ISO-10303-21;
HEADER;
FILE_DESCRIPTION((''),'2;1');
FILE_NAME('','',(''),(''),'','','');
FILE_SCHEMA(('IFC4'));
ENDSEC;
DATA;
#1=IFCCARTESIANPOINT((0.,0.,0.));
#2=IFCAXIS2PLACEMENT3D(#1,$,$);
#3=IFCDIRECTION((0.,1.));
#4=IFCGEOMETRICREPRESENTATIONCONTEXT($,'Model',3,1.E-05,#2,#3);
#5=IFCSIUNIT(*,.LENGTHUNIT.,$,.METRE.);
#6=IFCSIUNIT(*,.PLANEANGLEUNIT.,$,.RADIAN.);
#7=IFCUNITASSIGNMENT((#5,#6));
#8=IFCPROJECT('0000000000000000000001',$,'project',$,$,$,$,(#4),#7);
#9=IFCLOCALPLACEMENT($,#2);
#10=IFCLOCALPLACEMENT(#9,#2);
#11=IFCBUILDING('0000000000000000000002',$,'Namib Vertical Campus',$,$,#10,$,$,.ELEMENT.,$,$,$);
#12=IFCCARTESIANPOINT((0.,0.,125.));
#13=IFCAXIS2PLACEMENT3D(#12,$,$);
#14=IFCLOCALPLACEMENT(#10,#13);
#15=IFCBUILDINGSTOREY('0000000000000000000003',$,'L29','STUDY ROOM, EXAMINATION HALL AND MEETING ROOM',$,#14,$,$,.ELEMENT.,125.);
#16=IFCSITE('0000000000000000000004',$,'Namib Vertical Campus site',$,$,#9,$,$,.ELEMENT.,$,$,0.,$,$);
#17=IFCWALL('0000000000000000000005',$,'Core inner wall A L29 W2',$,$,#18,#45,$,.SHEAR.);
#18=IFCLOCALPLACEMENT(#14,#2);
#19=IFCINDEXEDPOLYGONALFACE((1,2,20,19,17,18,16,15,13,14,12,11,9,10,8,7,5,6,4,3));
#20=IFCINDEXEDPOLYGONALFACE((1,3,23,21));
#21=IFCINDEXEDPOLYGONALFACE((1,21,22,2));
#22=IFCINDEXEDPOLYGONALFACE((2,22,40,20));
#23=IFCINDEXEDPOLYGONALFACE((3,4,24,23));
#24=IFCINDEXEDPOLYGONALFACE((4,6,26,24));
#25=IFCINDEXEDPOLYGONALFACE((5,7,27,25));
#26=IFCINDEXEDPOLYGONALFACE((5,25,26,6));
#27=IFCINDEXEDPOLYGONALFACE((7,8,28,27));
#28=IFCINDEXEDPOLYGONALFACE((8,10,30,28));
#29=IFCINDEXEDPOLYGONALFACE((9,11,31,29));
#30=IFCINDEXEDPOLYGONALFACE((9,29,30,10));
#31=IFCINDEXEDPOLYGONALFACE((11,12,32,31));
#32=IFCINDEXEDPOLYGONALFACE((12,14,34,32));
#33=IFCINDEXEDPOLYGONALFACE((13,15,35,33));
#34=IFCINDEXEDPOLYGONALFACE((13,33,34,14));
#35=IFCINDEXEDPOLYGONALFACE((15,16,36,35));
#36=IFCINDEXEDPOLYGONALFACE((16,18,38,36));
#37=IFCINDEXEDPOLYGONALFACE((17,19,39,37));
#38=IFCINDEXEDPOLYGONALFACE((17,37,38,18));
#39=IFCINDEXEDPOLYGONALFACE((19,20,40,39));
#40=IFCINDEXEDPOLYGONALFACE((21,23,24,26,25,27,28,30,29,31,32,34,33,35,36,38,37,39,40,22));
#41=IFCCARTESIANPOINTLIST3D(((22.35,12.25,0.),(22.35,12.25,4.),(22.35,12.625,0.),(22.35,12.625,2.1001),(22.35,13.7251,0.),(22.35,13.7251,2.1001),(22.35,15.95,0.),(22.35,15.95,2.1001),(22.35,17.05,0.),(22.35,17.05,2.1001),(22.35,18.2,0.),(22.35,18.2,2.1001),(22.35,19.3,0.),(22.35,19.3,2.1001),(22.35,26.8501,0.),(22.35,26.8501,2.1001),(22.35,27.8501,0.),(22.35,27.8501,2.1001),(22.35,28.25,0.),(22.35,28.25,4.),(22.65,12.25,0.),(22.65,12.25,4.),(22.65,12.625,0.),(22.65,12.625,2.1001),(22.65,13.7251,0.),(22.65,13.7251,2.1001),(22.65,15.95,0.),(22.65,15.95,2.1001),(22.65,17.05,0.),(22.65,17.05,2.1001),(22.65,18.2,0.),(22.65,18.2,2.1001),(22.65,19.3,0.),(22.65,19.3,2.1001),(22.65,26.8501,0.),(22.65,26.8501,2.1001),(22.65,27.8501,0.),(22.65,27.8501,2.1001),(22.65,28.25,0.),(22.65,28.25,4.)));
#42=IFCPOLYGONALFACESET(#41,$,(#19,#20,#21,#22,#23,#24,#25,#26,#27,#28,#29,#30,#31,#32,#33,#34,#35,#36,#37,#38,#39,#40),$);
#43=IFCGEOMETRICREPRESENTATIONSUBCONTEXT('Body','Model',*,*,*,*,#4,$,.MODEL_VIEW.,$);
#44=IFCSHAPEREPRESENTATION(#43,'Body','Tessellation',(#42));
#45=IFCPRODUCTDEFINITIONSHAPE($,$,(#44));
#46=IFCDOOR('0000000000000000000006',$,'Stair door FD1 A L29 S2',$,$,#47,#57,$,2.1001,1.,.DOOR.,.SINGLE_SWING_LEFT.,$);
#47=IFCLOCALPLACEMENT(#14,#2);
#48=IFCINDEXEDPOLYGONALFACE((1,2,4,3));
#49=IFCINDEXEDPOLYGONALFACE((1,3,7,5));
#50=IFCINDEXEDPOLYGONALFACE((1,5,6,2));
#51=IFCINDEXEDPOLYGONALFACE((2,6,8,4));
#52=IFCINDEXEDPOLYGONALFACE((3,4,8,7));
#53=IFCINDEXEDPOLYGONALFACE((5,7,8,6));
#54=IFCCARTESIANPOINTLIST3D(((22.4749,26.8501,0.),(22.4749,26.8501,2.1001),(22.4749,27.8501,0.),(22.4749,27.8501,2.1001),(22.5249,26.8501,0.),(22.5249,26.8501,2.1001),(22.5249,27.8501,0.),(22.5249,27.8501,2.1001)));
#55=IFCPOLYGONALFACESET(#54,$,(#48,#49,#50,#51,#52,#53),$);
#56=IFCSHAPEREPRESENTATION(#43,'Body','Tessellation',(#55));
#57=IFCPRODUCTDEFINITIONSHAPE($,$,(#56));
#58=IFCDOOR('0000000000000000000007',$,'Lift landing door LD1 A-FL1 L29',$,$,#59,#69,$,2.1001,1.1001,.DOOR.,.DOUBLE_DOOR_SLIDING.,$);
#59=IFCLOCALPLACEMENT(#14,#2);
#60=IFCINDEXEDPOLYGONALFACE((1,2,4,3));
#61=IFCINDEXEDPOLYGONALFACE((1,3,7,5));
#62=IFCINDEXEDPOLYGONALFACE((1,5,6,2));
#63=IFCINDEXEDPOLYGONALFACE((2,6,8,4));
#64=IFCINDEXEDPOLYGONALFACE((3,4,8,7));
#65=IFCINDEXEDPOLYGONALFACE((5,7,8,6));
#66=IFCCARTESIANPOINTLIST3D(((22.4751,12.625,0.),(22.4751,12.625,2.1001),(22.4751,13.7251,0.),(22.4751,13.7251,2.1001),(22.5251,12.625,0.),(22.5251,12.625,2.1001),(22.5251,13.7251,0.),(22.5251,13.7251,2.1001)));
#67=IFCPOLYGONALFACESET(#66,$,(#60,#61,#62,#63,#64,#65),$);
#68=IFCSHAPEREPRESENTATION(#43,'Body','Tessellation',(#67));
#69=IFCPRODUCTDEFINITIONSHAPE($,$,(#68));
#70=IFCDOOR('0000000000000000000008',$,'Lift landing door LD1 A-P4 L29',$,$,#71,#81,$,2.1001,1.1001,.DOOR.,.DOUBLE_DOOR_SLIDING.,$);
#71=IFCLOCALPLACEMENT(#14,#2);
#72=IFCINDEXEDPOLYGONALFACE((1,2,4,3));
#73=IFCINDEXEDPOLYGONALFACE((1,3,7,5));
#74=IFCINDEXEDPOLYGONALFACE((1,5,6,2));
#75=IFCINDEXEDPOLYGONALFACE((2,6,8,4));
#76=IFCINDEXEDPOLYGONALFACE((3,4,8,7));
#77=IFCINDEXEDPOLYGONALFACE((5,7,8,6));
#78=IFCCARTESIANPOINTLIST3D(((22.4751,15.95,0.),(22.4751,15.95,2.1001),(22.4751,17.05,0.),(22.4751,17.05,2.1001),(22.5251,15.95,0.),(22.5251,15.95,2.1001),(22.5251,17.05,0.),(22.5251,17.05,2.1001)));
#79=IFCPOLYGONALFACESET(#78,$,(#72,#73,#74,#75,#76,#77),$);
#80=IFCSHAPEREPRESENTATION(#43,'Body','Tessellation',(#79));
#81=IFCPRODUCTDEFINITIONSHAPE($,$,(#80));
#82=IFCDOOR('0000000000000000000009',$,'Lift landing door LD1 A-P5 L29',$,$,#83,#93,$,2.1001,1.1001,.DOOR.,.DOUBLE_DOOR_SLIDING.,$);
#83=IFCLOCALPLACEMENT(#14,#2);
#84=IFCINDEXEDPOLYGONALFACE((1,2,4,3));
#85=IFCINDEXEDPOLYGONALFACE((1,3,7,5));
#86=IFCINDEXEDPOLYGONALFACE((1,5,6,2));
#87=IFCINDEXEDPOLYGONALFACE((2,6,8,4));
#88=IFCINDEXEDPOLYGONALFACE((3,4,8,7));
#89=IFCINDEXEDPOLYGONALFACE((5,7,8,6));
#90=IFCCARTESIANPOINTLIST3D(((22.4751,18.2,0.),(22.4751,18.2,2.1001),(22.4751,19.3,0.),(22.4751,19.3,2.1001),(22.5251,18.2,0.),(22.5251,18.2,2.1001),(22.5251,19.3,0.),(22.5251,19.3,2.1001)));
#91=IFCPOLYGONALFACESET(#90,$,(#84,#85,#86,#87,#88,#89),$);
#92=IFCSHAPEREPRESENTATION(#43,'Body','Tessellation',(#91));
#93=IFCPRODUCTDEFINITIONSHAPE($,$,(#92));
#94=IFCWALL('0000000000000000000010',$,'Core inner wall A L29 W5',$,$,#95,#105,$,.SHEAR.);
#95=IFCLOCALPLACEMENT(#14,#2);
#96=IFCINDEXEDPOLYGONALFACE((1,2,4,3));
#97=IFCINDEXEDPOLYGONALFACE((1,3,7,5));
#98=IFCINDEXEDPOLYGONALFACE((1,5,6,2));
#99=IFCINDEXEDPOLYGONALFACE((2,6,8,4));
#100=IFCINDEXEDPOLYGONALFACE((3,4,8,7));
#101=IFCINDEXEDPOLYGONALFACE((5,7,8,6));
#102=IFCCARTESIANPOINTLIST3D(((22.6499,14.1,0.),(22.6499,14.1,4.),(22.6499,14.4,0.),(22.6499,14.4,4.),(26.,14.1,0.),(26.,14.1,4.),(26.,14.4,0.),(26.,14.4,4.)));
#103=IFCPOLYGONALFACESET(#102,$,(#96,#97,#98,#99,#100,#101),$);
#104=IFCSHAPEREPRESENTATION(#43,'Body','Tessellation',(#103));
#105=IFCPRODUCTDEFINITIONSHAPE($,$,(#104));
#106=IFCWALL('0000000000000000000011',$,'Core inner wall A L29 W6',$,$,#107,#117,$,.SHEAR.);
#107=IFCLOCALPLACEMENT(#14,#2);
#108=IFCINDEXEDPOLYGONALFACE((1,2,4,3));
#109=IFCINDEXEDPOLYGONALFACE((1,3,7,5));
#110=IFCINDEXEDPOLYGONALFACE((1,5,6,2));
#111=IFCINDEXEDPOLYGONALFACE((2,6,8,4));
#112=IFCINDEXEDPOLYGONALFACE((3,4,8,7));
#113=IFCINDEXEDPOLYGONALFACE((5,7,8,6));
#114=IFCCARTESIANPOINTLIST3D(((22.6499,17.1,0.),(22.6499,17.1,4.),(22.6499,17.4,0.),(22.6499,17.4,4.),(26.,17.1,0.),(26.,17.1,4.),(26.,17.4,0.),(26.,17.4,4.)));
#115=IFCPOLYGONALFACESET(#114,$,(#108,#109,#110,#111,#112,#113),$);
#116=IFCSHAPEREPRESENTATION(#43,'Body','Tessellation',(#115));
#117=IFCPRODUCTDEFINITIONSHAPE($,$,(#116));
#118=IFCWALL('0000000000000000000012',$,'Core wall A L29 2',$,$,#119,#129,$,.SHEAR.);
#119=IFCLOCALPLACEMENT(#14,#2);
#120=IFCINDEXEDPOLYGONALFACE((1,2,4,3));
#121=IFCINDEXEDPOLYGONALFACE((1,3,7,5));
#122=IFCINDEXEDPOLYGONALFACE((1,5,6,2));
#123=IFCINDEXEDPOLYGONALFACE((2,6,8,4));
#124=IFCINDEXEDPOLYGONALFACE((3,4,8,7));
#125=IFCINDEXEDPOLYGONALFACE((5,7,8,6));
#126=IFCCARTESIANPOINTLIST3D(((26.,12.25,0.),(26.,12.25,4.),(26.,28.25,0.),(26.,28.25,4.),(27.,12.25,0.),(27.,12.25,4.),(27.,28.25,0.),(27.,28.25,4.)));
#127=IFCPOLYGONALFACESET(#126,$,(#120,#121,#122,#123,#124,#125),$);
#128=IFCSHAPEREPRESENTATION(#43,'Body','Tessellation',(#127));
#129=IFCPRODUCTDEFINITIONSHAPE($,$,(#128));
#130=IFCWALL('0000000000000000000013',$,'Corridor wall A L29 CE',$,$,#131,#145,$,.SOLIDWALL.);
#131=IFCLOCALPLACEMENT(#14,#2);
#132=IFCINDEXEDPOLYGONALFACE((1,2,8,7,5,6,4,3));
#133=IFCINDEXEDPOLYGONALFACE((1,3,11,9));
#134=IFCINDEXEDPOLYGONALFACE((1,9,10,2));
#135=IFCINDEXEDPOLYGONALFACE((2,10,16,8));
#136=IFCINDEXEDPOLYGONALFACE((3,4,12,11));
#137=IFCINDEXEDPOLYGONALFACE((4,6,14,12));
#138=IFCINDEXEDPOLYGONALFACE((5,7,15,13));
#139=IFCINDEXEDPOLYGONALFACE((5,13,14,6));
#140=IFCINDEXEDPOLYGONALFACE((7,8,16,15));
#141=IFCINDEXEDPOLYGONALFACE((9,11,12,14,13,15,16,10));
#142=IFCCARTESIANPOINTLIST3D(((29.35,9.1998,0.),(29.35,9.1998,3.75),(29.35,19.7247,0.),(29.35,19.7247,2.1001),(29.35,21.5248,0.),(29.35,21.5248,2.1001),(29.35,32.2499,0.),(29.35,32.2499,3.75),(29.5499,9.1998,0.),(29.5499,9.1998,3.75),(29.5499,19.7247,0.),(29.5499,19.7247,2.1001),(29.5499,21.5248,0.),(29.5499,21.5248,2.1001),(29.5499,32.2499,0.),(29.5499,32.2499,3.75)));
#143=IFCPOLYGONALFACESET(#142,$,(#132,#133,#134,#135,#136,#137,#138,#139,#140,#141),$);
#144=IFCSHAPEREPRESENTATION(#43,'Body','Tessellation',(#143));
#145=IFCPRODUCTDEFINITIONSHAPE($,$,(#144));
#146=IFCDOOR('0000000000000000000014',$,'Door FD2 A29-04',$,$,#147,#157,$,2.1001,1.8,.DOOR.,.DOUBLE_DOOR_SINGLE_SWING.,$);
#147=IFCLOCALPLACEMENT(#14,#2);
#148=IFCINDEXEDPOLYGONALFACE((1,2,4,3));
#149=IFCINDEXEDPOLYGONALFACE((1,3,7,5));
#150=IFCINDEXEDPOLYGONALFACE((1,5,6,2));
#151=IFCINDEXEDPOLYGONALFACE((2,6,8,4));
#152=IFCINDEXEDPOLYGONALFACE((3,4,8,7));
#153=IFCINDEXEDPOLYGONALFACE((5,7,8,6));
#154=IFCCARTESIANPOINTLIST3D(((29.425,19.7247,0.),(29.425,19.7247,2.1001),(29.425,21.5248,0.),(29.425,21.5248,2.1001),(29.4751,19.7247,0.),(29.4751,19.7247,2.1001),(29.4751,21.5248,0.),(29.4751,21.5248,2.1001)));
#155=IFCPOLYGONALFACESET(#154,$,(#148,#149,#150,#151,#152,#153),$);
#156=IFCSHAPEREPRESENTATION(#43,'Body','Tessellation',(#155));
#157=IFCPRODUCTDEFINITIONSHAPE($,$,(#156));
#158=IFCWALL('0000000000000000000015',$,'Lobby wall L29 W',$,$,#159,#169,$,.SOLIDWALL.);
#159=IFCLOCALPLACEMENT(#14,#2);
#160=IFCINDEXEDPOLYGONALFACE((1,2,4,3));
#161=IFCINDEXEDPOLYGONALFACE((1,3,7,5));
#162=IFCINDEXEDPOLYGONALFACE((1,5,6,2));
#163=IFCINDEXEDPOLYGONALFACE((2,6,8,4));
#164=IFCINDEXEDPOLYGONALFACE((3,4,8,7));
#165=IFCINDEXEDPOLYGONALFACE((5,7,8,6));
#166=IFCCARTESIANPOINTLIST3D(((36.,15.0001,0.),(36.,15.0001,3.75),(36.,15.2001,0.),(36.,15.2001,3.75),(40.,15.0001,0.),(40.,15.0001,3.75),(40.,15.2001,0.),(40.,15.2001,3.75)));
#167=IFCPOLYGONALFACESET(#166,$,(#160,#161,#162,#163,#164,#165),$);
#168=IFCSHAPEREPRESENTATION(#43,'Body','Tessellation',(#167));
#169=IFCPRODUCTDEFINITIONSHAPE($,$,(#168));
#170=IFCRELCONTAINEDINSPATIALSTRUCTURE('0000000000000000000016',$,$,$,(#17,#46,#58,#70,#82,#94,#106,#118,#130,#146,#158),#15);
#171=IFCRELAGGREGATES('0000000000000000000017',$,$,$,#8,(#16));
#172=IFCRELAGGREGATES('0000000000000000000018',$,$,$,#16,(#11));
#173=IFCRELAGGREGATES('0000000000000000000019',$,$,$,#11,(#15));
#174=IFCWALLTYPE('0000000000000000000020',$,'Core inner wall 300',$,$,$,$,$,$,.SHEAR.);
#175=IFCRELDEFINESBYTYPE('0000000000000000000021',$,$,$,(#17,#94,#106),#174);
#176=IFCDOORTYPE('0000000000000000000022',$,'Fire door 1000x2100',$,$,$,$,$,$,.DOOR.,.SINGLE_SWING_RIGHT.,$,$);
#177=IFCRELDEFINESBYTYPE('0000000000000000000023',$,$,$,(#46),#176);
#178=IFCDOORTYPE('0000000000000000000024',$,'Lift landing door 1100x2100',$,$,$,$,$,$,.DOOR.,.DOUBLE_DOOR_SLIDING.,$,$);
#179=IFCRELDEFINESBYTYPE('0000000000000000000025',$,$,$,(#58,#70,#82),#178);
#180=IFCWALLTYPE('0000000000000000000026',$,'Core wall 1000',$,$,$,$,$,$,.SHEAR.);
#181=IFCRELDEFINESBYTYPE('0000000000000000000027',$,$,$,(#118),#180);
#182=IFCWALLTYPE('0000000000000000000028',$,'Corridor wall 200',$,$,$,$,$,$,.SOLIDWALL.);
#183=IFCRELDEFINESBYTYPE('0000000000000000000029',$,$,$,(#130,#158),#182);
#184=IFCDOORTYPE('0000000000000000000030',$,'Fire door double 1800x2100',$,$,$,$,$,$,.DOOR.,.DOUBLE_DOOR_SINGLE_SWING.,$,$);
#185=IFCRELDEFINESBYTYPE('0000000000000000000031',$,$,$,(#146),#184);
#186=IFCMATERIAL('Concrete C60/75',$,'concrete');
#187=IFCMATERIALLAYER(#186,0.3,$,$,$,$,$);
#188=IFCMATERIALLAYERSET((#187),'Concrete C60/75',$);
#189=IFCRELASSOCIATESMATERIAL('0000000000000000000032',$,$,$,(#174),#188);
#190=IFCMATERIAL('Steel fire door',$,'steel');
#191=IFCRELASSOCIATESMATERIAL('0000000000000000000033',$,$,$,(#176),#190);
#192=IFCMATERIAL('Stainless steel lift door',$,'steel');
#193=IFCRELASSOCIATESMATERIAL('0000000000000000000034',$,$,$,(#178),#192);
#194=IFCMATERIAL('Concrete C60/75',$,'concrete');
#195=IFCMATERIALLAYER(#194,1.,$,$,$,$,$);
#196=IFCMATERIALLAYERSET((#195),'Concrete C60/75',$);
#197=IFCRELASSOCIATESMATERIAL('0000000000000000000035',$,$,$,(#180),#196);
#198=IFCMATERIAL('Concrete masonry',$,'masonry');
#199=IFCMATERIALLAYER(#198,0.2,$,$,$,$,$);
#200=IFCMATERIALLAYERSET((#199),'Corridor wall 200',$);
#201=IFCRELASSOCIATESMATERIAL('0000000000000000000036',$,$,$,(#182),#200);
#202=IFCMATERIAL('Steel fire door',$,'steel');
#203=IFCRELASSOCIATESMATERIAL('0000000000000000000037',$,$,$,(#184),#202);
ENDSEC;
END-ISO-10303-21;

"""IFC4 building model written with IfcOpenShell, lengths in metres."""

from ifc_helpers import new_model, si_unit, direction, frame, frame_2d, origin, place, context, subcontext, project, spatial, rectangle, extrude, material, layer, layer_set, type_object, element, fill, save


model = new_model("IFC4")

# Units and contexts
model_context = context("Model", 3, precision=1e-05, world=origin(), true_north=direction((0.0, 1.0)))
body_context = subcontext(model_context, "Body", "Model", "MODEL_VIEW")
ifc_project = project(units=[si_unit("LENGTHUNIT", "METRE"), si_unit("PLANEANGLEUNIT", "RADIAN")], contexts=[model_context])

# Site, building, storey
site_placement = place(None, origin())
site = spatial("IfcSite", under=ifc_project, at=site_placement, Name="Namib Vertical Campus site", CompositionType="ELEMENT", RefElevation=0.0)
building_placement = place(site_placement, origin())
building = spatial("IfcBuilding", under=site, at=building_placement, Name="Namib Vertical Campus", CompositionType="ELEMENT")
storey_placement = place(building_placement, frame((0.0, 0.0, 125.0)))
storey = spatial("IfcBuildingStorey", under=building, at=storey_placement, Name="L29", Description="STUDY ROOM, EXAMINATION HALL AND MEETING ROOM", CompositionType="ELEMENT", Elevation=125.0)

# Wall, openings, doors
ifc_material_1 = material(Name="Concrete C60/75", Category="concrete")
ifc_layer_1 = layer(ifc_material_1, 0.3)
ifc_layer_set_1 = layer_set([ifc_layer_1], Name="Concrete C60/75")
wall_type_1 = type_object("IfcWallType", Name="Core inner wall 300", PredefinedType="SHEAR", material=ifc_layer_set_1)
wall_1_placement = place(storey_placement, frame((22.5, 12.25, 0.0), z_axis=(0.0, 0.0, 1.0), x_axis=(0.0, 1.0, 0.0)))
wall_1 = element("IfcWall", 1, at=wall_1_placement, inside=storey, type_object=wall_type_1, Name="Core inner wall A L29 W2", PredefinedType="SHEAR", context=body_context, shape_type="SweptSolid", body=[
    extrude(rectangle(XDim=16.0, YDim=0.3, at=frame_2d((8.0, 0.0))), origin(), (0.0, 0.0, 1.0), 4.0),
])
opening_1_placement = place(wall_1_placement, frame((14.6001, 0.0, 0.0)))
opening_1 = element("IfcOpeningElement", 2, at=opening_1_placement, cuts=wall_1, PredefinedType="OPENING", context=body_context, shape_type="SweptSolid", body=[
    extrude(rectangle(XDim=1.0, YDim=2.1001, at=frame_2d((0.5, 1.05))), frame((0.0, 0.1599, 0.0), z_axis=(0.0, -1.0, 0.0), x_axis=(1.0, 0.0, 0.0)), (0.0, 0.0, 1.0), 0.3201),
])
opening_2_placement = place(wall_1_placement, frame((0.375, 0.0, 0.0)))
opening_2 = element("IfcOpeningElement", 3, at=opening_2_placement, cuts=wall_1, PredefinedType="OPENING", context=body_context, shape_type="SweptSolid", body=[
    extrude(rectangle(XDim=1.1001, YDim=2.1001, at=frame_2d((0.55, 1.05))), frame((0.0, 0.1599, 0.0), z_axis=(0.0, -1.0, 0.0), x_axis=(1.0, 0.0, 0.0)), (0.0, 0.0, 1.0), 0.3201),
])
opening_3_placement = place(wall_1_placement, frame((3.7, 0.0, 0.0)))
opening_3 = element("IfcOpeningElement", 4, at=opening_3_placement, cuts=wall_1, PredefinedType="OPENING", context=body_context, shape_type="SweptSolid", body=[
    extrude(rectangle(XDim=1.1001, YDim=2.1001, at=frame_2d((0.55, 1.05))), frame((0.0, 0.1599, 0.0), z_axis=(0.0, -1.0, 0.0), x_axis=(1.0, 0.0, 0.0)), (0.0, 0.0, 1.0), 0.3201),
])
opening_4_placement = place(wall_1_placement, frame((5.95, 0.0, 0.0)))
opening_4 = element("IfcOpeningElement", 5, at=opening_4_placement, cuts=wall_1, PredefinedType="OPENING", context=body_context, shape_type="SweptSolid", body=[
    extrude(rectangle(XDim=1.1001, YDim=2.1001, at=frame_2d((0.55, 1.05))), frame((0.0, 0.1599, 0.0), z_axis=(0.0, -1.0, 0.0), x_axis=(1.0, 0.0, 0.0)), (0.0, 0.0, 1.0), 0.3201),
])
ifc_material_2 = material(Name="Steel fire door", Category="steel")
door_type_1 = type_object("IfcDoorType", Name="Fire door 1000x2100", OperationType="SINGLE_SWING_RIGHT", PredefinedType="DOOR", material=ifc_material_2)
door_1_placement = place(opening_1_placement, frame((1.0, 0.0, 0.0), z_axis=(0.0, 0.0, 1.0), x_axis=(-1.0, 0.0, 0.0)))
door_1 = element("IfcDoor", 6, at=door_1_placement, inside=storey, type_object=door_type_1, Name="Stair door FD1 A L29 S2", OperationType="SINGLE_SWING_LEFT", OverallHeight=2.1001, OverallWidth=1.0, PredefinedType="DOOR", context=body_context, shape_type="SweptSolid", body=[
    extrude(rectangle(XDim=1.0, YDim=2.1001, at=frame_2d((0.5, 1.05))), frame((0.0, 0.0249, 0.0), z_axis=(0.0, -1.0, 0.0), x_axis=(1.0, 0.0, 0.0)), (0.0, 0.0, 1.0), 0.05),
])
fill(opening_1, door_1)
ifc_material_3 = material(Name="Stainless steel lift door", Category="steel")
door_type_2 = type_object("IfcDoorType", Name="Lift landing door 1100x2100", OperationType="DOUBLE_DOOR_SLIDING", PredefinedType="DOOR", material=ifc_material_3)
door_2_placement = place(opening_2_placement, origin())
door_2 = element("IfcDoor", 7, at=door_2_placement, inside=storey, type_object=door_type_2, Name="Lift landing door LD1 A-FL1 L29", OperationType="DOUBLE_DOOR_SLIDING", OverallHeight=2.1001, OverallWidth=1.1001, PredefinedType="DOOR", context=body_context, shape_type="SweptSolid", body=[
    extrude(rectangle(XDim=1.1001, YDim=2.1001, at=frame_2d((0.55, 1.05))), frame((0.0, 0.0249, 0.0), z_axis=(0.0, -1.0, 0.0), x_axis=(1.0, 0.0, 0.0)), (0.0, 0.0, 1.0), 0.05),
])
fill(opening_2, door_2)
door_3_placement = place(opening_3_placement, origin())
door_3 = element("IfcDoor", 8, at=door_3_placement, inside=storey, type_object=door_type_2, Name="Lift landing door LD1 A-P4 L29", OperationType="DOUBLE_DOOR_SLIDING", OverallHeight=2.1001, OverallWidth=1.1001, PredefinedType="DOOR", context=body_context, shape_type="SweptSolid", body=[
    extrude(rectangle(XDim=1.1001, YDim=2.1001, at=frame_2d((0.55, 1.05))), frame((0.0, 0.0249, 0.0), z_axis=(0.0, -1.0, 0.0), x_axis=(1.0, 0.0, 0.0)), (0.0, 0.0, 1.0), 0.05),
])
fill(opening_3, door_3)
door_4_placement = place(opening_4_placement, origin())
door_4 = element("IfcDoor", 9, at=door_4_placement, inside=storey, type_object=door_type_2, Name="Lift landing door LD1 A-P5 L29", OperationType="DOUBLE_DOOR_SLIDING", OverallHeight=2.1001, OverallWidth=1.1001, PredefinedType="DOOR", context=body_context, shape_type="SweptSolid", body=[
    extrude(rectangle(XDim=1.1001, YDim=2.1001, at=frame_2d((0.55, 1.05))), frame((0.0, 0.0249, 0.0), z_axis=(0.0, -1.0, 0.0), x_axis=(1.0, 0.0, 0.0)), (0.0, 0.0, 1.0), 0.05),
])
fill(opening_4, door_4)

# Walls
for number, where, z_axis, x_axis, name in (
    (10, (22.6499, 14.25, 0.0), (0.0, 0.0, 1.0), (1.0, 0.0, 0.0), "Core inner wall A L29 W5"),
    (11, (22.6499, 17.25, 0.0), (0.0, 0.0, 1.0), (1.0, 0.0, 0.0), "Core inner wall A L29 W6"),
):
    element("IfcWall", number, at=place(storey_placement, frame(where, z_axis=z_axis, x_axis=x_axis)), inside=storey, type_object=wall_type_1, Name=name, PredefinedType="SHEAR", context=body_context, shape_type="SweptSolid", body=[
        extrude(rectangle(XDim=3.3501, YDim=0.3, at=frame_2d((1.675, 0.0))), origin(), (0.0, 0.0, 1.0), 4.0),
    ])
ifc_material_4 = material(Name="Concrete C60/75", Category="concrete")
ifc_layer_2 = layer(ifc_material_4, 1.0)
ifc_layer_set_2 = layer_set([ifc_layer_2], Name="Concrete C60/75")
wall_type_2 = type_object("IfcWallType", Name="Core wall 1000", PredefinedType="SHEAR", material=ifc_layer_set_2)
wall_2_placement = place(storey_placement, frame((26.5, 12.25, 0.0), z_axis=(0.0, 0.0, 1.0), x_axis=(0.0, 1.0, 0.0)))
element("IfcWall", 12, at=wall_2_placement, inside=storey, type_object=wall_type_2, Name="Core wall A L29 2", PredefinedType="SHEAR", context=body_context, shape_type="SweptSolid", body=[
    extrude(rectangle(XDim=16.0, YDim=1.0, at=frame_2d((8.0, 0.0))), origin(), (0.0, 0.0, 1.0), 4.0),
])

# Wall, opening, door
ifc_material_5 = material(Name="Concrete masonry", Category="masonry")
ifc_layer_3 = layer(ifc_material_5, 0.2)
ifc_layer_set_3 = layer_set([ifc_layer_3], Name="Corridor wall 200")
wall_type_3 = type_object("IfcWallType", Name="Corridor wall 200", PredefinedType="SOLIDWALL", material=ifc_layer_set_3)
wall_3_placement = place(storey_placement, frame((29.45, 9.2, 0.0), z_axis=(0.0, 0.0, 1.0), x_axis=(0.0, 1.0, 0.0)))
wall_3 = element("IfcWall", 13, at=wall_3_placement, inside=storey, type_object=wall_type_3, Name="Corridor wall A L29 CE", PredefinedType="SOLIDWALL", context=body_context, shape_type="SweptSolid", body=[
    extrude(rectangle(XDim=23.05, YDim=0.2, at=frame_2d((11.5249, 0.0))), origin(), (0.0, 0.0, 1.0), 3.75),
])
opening_5_placement = place(wall_3_placement, frame((10.5249, 0.0, 0.0)))
opening_5 = element("IfcOpeningElement", 14, at=opening_5_placement, cuts=wall_3, PredefinedType="OPENING", context=body_context, shape_type="SweptSolid", body=[
    extrude(rectangle(XDim=1.8, YDim=2.1001, at=frame_2d((0.8999, 1.05))), frame((0.0, 0.1099, 0.0), z_axis=(0.0, -1.0, 0.0), x_axis=(1.0, 0.0, 0.0)), (0.0, 0.0, 1.0), 0.22),
])
ifc_material_6 = material(Name="Steel fire door", Category="steel")
door_type_3 = type_object("IfcDoorType", Name="Fire door double 1800x2100", OperationType="DOUBLE_DOOR_SINGLE_SWING", PredefinedType="DOOR", material=ifc_material_6)
door_5_placement = place(opening_5_placement, origin())
door_5 = element("IfcDoor", 15, at=door_5_placement, inside=storey, type_object=door_type_3, Name="Door FD2 A29-04", OperationType="DOUBLE_DOOR_SINGLE_SWING", OverallHeight=2.1001, OverallWidth=1.8, PredefinedType="DOOR", context=body_context, shape_type="SweptSolid", body=[
    extrude(rectangle(XDim=1.8, YDim=2.1001, at=frame_2d((0.8999, 1.05))), frame((0.0, 0.0249, 0.0), z_axis=(0.0, -1.0, 0.0), x_axis=(1.0, 0.0, 0.0)), (0.0, 0.0, 1.0), 0.05),
])
fill(opening_5, door_5)

# Wall
wall_4_placement = place(storey_placement, frame((36.0, 15.1001, 0.0), z_axis=(0.0, 0.0, 1.0), x_axis=(1.0, 0.0, 0.0)))
element("IfcWall", 16, at=wall_4_placement, inside=storey, type_object=wall_type_3, Name="Lobby wall L29 W", PredefinedType="SOLIDWALL", context=body_context, shape_type="SweptSolid", body=[
    extrude(rectangle(XDim=4.0, YDim=0.2, at=frame_2d((2.0, 0.0))), origin(), (0.0, 0.0, 1.0), 3.75),
])

save(model, "model.ifc")
